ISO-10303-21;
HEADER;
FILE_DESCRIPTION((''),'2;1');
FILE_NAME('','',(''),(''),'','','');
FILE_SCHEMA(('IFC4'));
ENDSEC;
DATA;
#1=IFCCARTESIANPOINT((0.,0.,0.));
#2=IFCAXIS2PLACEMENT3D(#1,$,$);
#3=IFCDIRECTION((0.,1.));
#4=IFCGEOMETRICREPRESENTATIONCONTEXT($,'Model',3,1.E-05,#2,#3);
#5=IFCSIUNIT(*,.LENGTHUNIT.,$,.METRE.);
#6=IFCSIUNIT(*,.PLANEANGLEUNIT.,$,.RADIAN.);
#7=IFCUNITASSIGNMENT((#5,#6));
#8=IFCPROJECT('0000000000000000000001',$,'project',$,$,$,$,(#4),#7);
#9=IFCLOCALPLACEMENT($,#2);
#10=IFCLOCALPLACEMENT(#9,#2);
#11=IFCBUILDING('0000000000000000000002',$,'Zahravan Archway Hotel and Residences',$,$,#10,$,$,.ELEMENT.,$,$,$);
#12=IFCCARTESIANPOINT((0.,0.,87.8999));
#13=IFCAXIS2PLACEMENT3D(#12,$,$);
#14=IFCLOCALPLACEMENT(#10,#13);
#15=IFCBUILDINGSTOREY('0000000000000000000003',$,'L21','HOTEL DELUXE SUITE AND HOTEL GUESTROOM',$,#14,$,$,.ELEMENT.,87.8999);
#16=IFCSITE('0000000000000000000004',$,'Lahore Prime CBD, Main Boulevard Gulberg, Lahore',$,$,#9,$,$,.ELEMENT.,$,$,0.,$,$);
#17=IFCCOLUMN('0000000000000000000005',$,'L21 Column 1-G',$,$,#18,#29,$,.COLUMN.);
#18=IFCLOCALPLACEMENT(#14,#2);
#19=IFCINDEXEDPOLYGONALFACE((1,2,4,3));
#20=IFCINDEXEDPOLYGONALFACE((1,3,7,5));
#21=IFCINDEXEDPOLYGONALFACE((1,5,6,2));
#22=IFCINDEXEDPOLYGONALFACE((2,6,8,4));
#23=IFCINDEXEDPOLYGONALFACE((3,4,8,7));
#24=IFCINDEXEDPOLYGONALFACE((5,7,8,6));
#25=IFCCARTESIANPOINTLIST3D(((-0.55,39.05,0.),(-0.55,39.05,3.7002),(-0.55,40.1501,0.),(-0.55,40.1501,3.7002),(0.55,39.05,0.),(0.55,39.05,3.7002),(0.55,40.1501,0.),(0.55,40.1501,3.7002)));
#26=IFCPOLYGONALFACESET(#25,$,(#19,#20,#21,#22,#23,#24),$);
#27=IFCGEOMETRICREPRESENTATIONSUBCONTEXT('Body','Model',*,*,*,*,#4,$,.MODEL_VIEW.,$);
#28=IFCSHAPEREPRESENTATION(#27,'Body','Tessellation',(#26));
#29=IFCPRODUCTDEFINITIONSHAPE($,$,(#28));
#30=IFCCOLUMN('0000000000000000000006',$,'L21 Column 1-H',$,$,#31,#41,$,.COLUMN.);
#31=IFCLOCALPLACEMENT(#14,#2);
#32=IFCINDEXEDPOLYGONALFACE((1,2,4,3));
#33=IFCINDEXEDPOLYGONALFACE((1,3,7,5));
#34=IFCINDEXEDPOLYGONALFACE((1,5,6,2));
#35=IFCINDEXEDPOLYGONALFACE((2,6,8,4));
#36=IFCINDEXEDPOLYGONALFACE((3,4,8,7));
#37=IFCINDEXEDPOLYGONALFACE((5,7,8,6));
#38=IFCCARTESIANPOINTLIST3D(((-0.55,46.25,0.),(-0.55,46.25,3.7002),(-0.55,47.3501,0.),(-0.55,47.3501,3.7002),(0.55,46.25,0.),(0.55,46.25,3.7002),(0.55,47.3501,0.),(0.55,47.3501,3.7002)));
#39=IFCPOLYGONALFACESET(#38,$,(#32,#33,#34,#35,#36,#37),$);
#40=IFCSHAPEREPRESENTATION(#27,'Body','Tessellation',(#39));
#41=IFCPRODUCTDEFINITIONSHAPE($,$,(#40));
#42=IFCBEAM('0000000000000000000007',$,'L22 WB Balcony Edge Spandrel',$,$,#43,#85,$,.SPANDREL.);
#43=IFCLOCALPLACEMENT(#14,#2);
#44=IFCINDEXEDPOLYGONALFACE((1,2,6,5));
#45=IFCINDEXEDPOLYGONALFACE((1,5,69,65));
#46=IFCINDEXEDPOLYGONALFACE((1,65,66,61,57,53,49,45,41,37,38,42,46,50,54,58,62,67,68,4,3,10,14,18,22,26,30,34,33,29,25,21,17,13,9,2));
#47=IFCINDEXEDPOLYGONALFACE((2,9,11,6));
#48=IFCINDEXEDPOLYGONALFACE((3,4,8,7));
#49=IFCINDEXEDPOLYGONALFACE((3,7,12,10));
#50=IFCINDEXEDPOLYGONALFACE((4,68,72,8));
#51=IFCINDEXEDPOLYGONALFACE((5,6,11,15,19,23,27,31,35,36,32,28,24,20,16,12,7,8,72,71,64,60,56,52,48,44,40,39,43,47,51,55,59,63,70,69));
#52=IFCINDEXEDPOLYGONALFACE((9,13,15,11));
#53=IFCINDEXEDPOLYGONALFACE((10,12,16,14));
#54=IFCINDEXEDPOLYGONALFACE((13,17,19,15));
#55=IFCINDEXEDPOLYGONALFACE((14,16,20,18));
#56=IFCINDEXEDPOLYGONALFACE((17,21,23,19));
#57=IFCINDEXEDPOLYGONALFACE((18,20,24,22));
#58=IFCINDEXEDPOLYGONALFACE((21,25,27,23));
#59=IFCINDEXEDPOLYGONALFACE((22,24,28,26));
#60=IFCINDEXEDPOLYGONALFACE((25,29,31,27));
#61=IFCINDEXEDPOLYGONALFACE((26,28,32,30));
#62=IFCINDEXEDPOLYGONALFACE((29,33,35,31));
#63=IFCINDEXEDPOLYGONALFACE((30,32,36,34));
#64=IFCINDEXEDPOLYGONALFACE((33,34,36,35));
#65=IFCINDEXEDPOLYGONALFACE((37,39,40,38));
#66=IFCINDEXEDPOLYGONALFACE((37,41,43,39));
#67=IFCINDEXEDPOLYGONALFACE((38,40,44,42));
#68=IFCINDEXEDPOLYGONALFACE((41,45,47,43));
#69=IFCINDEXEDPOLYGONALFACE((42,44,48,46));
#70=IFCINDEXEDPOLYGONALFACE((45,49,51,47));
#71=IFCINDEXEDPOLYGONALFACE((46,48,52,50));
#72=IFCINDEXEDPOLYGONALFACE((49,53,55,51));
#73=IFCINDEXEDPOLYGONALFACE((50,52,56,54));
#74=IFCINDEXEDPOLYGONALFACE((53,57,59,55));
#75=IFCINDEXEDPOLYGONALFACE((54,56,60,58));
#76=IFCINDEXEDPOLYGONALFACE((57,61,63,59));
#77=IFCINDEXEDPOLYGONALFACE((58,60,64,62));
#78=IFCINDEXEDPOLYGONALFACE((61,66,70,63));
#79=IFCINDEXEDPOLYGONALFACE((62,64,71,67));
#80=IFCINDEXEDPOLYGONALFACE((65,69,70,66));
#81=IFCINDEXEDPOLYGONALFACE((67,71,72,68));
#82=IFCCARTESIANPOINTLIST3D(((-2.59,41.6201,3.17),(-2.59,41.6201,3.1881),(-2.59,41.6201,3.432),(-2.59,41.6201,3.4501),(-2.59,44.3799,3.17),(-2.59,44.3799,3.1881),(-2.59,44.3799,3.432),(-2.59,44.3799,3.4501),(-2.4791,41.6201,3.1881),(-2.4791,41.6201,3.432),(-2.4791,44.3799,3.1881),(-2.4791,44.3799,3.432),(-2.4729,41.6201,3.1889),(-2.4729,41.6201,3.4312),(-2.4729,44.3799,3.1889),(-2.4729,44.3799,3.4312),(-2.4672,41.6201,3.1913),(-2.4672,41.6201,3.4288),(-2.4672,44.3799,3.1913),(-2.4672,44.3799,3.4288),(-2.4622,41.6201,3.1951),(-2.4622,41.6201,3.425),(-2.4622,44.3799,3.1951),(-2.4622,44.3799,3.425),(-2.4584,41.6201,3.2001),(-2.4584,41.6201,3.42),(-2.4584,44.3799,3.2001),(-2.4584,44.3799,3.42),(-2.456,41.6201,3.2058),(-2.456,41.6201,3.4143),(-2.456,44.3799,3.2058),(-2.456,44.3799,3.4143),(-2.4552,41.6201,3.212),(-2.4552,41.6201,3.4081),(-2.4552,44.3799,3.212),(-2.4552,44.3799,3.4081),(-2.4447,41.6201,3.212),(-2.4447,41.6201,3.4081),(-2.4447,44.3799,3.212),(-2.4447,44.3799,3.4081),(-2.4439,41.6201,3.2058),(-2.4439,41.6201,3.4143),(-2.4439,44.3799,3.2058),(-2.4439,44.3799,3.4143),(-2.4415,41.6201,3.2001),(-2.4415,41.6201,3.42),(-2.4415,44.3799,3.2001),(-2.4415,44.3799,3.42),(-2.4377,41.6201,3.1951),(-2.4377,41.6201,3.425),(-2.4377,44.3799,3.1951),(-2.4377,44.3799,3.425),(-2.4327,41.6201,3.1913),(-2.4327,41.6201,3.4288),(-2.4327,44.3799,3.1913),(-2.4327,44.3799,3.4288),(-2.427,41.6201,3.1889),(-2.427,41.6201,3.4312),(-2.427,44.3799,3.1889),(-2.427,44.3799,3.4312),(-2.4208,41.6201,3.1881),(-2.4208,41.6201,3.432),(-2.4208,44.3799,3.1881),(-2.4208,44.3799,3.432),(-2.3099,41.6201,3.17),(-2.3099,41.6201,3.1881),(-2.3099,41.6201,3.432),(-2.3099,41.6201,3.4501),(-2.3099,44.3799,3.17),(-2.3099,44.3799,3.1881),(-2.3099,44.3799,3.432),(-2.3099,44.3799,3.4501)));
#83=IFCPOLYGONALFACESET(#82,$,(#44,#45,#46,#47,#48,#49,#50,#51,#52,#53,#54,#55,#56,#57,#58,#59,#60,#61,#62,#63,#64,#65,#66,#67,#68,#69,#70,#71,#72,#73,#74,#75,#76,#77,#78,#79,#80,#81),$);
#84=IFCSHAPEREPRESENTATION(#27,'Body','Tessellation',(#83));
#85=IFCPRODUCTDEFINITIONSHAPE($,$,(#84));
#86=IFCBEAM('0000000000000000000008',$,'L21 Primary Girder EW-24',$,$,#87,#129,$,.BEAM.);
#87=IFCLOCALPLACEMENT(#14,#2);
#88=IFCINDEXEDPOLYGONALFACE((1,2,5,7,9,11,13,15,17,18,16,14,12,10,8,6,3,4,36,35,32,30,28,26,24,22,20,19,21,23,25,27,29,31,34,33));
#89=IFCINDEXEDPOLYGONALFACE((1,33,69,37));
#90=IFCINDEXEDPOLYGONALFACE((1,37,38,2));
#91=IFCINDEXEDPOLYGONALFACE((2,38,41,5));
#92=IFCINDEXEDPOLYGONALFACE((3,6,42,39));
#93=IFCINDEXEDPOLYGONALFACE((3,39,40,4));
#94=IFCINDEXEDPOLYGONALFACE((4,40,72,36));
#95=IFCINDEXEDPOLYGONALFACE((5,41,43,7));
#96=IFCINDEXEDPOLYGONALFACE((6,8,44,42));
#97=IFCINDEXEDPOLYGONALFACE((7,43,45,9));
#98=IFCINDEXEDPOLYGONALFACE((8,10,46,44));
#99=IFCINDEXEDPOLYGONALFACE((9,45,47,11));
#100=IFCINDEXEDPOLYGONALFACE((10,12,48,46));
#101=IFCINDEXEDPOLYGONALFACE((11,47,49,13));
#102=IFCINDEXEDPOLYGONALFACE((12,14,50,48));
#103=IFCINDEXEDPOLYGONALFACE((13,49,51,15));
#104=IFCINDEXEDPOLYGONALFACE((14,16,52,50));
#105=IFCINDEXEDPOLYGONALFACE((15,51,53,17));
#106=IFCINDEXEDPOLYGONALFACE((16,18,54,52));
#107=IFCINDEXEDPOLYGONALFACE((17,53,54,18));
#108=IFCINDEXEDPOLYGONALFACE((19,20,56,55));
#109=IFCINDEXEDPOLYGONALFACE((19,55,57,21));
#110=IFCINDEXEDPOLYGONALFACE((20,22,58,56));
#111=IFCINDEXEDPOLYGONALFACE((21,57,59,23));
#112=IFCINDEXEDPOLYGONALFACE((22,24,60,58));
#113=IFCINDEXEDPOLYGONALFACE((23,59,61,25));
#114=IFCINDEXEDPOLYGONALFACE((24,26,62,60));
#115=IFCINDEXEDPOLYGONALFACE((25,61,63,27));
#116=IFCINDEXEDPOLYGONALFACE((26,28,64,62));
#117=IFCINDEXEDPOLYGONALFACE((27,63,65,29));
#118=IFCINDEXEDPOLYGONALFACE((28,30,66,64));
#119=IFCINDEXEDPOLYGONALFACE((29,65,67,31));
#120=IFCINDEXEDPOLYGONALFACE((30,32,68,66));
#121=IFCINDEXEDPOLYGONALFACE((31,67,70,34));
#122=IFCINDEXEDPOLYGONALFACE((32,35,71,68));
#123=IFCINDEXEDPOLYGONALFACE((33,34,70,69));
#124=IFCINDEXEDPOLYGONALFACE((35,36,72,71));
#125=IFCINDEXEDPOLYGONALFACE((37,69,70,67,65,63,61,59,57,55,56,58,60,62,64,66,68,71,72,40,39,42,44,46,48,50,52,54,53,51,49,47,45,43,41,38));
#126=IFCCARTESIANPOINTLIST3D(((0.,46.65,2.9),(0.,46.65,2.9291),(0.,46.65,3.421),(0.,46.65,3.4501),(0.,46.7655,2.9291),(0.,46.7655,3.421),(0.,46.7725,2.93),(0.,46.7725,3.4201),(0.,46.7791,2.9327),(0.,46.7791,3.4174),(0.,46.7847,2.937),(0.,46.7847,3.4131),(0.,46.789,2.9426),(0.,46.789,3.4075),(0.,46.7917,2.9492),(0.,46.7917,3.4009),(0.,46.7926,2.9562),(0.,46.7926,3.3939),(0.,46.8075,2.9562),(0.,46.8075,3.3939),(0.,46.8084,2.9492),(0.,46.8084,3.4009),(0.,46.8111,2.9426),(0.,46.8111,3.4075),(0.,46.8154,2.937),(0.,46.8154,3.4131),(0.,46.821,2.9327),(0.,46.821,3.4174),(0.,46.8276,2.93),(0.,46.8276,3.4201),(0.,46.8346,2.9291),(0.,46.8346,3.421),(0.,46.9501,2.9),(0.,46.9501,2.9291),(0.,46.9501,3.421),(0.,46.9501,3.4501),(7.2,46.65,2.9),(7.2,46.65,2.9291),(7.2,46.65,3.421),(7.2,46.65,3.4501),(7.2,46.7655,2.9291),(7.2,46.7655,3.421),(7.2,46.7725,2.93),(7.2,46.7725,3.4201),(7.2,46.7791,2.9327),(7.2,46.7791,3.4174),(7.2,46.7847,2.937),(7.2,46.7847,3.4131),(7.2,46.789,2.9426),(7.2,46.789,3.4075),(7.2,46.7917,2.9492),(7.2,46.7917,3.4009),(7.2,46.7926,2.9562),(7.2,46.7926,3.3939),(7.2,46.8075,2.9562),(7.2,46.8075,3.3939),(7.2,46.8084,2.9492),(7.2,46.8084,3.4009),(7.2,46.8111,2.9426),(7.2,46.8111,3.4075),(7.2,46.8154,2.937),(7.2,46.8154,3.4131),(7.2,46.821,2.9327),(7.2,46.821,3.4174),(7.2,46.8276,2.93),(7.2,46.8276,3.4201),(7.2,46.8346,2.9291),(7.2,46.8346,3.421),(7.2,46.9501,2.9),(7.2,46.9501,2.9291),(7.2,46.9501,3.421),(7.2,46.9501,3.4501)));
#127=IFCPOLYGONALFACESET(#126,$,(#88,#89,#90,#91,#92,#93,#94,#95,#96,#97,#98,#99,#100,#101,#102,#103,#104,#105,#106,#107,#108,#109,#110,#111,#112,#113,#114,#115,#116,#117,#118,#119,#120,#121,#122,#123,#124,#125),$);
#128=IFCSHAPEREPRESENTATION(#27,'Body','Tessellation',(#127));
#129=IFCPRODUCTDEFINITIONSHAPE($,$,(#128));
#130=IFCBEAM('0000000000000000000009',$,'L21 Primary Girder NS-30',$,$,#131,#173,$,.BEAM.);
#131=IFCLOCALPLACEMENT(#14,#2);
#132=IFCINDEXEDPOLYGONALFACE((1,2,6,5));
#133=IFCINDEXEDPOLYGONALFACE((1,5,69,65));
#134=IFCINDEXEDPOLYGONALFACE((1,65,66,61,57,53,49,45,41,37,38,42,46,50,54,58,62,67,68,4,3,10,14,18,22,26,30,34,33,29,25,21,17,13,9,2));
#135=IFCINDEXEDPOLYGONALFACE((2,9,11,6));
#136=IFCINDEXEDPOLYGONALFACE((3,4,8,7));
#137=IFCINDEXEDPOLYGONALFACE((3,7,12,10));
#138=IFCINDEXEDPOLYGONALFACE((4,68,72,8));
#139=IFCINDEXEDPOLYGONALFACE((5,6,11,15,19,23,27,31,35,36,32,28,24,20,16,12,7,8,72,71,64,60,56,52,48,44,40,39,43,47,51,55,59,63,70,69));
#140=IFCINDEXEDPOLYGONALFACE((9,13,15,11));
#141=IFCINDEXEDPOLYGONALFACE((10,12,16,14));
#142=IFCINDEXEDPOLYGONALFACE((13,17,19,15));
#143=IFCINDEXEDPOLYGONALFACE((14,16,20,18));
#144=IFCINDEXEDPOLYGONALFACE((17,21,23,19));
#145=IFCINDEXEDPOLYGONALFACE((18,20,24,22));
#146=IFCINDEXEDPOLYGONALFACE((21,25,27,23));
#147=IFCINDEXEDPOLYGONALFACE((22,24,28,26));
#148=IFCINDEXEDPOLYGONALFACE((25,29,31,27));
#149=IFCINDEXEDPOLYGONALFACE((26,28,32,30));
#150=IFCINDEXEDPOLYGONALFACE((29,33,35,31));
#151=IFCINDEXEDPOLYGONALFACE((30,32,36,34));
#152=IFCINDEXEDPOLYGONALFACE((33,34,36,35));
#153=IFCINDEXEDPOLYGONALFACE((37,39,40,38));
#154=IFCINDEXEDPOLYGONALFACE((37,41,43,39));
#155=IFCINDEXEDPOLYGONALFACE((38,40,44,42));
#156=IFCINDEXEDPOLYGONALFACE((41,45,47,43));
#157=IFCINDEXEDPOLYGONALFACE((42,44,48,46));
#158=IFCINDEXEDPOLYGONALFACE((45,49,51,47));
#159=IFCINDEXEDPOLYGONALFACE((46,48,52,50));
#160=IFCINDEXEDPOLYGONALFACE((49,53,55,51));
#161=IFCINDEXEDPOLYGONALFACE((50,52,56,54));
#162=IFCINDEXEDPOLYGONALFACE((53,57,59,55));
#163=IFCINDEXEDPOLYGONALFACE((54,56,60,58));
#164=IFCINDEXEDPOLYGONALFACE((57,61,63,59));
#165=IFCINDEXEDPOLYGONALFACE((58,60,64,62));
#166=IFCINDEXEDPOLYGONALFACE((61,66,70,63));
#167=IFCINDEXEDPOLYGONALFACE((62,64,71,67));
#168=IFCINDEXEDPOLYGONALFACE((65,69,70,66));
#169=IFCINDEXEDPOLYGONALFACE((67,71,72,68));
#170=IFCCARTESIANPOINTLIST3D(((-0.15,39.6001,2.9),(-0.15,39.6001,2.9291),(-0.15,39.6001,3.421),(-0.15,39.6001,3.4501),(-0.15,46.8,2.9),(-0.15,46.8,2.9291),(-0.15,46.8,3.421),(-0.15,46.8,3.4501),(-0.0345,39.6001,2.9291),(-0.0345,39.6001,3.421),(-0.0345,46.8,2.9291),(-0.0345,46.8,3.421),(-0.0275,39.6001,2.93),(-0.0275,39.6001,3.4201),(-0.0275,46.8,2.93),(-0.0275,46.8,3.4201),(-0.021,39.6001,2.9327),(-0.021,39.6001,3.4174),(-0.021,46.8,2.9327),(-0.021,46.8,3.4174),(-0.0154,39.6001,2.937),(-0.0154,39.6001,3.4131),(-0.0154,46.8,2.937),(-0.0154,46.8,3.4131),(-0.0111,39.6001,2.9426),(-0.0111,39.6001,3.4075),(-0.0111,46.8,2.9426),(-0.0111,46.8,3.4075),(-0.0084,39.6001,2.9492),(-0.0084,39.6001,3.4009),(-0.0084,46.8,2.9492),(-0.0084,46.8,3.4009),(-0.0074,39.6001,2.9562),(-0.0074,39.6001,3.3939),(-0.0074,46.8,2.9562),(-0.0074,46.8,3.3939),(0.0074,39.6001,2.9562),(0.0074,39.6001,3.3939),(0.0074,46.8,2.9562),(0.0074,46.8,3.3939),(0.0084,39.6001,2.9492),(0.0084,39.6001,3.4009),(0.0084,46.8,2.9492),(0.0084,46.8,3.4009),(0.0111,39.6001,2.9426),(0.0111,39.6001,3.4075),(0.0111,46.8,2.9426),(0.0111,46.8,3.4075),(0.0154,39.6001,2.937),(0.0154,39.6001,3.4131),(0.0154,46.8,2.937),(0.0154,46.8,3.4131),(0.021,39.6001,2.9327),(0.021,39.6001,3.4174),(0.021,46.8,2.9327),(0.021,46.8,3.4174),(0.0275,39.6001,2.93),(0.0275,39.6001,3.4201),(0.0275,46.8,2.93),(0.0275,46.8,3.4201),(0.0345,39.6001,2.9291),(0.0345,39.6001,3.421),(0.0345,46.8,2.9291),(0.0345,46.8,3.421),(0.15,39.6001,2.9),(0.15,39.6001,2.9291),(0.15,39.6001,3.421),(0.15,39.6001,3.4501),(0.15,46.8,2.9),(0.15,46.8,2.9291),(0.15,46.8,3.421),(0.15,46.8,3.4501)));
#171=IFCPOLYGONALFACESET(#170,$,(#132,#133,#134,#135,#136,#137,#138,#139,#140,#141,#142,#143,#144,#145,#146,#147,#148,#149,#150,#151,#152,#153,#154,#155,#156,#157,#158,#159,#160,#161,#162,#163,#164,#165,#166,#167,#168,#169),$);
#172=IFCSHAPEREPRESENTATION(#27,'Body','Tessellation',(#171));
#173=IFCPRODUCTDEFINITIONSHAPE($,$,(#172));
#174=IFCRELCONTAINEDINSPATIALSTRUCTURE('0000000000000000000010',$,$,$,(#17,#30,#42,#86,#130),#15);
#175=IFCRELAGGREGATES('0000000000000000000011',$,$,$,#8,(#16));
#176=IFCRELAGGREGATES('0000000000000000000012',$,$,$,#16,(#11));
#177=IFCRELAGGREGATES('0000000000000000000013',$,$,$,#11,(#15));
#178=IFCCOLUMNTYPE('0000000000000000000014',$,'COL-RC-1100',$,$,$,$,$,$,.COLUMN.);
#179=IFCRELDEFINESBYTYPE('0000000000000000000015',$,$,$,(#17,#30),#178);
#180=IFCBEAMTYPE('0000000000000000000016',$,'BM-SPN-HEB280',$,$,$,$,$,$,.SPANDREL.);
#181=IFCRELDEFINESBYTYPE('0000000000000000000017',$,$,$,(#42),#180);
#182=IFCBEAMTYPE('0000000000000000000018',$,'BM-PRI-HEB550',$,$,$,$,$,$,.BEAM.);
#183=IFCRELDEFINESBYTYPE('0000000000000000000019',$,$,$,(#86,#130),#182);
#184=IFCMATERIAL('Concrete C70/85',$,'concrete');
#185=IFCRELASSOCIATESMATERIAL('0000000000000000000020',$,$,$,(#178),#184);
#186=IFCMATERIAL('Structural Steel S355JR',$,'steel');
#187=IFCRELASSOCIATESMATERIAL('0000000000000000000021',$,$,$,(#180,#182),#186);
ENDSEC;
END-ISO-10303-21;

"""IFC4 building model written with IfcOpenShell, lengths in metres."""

from ifc_helpers import new_model, si_unit, direction, frame, origin, origin_2d, place, context, subcontext, project, spatial, rectangle, i_section, extrude, source, transform, mapped, material, material_profile, profile_set, type_object, element, save


model = new_model("IFC4")

# Units and contexts
model_context = context("Model", 3, precision=1e-05, world=origin(), true_north=direction((0.0, 1.0)))
body_context = subcontext(model_context, "Body", "Model", "MODEL_VIEW")
ifc_project = project(units=[si_unit("LENGTHUNIT", "METRE"), si_unit("PLANEANGLEUNIT", "RADIAN")], contexts=[model_context])

# Site, building, storey
site_placement = place(None, origin())
site = spatial("IfcSite", under=ifc_project, at=site_placement, Name="Lahore Prime CBD, Main Boulevard Gulberg, Lahore", CompositionType="ELEMENT", RefElevation=0.0)
building_placement = place(site_placement, origin())
building = spatial("IfcBuilding", under=site, at=building_placement, Name="Zahravan Archway Hotel and Residences", CompositionType="ELEMENT")
storey_placement = place(building_placement, frame((0.0, 0.0, 87.8999)))
storey = spatial("IfcBuildingStorey", under=building, at=storey_placement, Name="L21", Description="HOTEL DELUXE SUITE AND HOTEL GUESTROOM", CompositionType="ELEMENT", Elevation=87.8999)

# Columns
ifc_material_1 = material(Name="Concrete C70/85", Category="concrete")
ifc_material_profile_1 = material_profile(ifc_material_1, rectangle(XDim=1.1001, YDim=1.1001, at=origin_2d()), Name="RC 1100x1100", Category="concrete")
ifc_profile_set_1 = profile_set([ifc_material_profile_1], Name="Concrete C70/85")
column_type = type_object("IfcColumnType", Name="COL-RC-1100", PredefinedType="COLUMN", material=ifc_profile_set_1)
shared_shape_1 = source(origin(), body_context, "Body", "SweptSolid", [
    extrude(rectangle(XDim=1.1001, YDim=1.1001, at=origin_2d()), origin(), (0.0, 0.0, 1.0), 3.7002),
])
for number, where, z_axis, x_axis, name in (
    (1, (0.0, 39.6001, 0.0), (0.0, 0.0, 1.0), (1.0, 0.0, 0.0), "L21 Column 1-G"),
    (2, (0.0, 46.8, 0.0), (0.0, 0.0, 1.0), (1.0, 0.0, 0.0), "L21 Column 1-H"),
):
    element("IfcColumn", number, at=place(storey_placement, frame(where, z_axis=z_axis, x_axis=x_axis)), inside=storey, type_object=column_type, Name=name, PredefinedType="COLUMN", context=body_context, shape_type="MappedRepresentation", body=[
        mapped(shared_shape_1, transform((0.0, 0.0, 0.0), scale=1.0)),
    ])

# Beams
ifc_material_2 = material(Name="Structural Steel S355JR", Category="steel")
ifc_material_profile_2 = material_profile(ifc_material_2, i_section(OverallWidth=0.28, OverallDepth=0.28, WebThickness=0.0105, FlangeThickness=0.0181, FilletRadius=0.0239, at=origin_2d()), Name="HEB 280", Category="steel")
ifc_profile_set_2 = profile_set([ifc_material_profile_2], Name="Structural Steel S355JR")
beam_type_1 = type_object("IfcBeamType", Name="BM-SPN-HEB280", PredefinedType="SPANDREL", material=ifc_profile_set_2)
shared_shape_2 = source(origin(), body_context, "Body", "SweptSolid", [
    extrude(i_section(OverallWidth=0.28, OverallDepth=0.28, WebThickness=0.0105, FlangeThickness=0.0181, FilletRadius=0.0239, at=origin_2d()), origin(), (0.0, 0.0, 1.0), 2.7598),
])
beam_placement = place(storey_placement, frame((-2.45, 41.6201, 3.3101), z_axis=(0.0, 1.0, 0.0), x_axis=(-1.0, 0.0, 0.0)))
element("IfcBeam", 3, at=beam_placement, inside=storey, type_object=beam_type_1, Name="L22 WB Balcony Edge Spandrel", PredefinedType="SPANDREL", context=body_context, shape_type="MappedRepresentation", body=[
    mapped(shared_shape_2, transform((0.0, 0.0, 0.0), scale=1.0)),
])
ifc_material_profile_3 = material_profile(ifc_material_2, i_section(OverallWidth=0.3, OverallDepth=0.55, WebThickness=0.0149, FlangeThickness=0.0291, FilletRadius=0.0271, at=origin_2d()), Name="HEB 550", Category="steel")
ifc_profile_set_3 = profile_set([ifc_material_profile_3], Name="Structural Steel S355JR")
beam_type_2 = type_object("IfcBeamType", Name="BM-PRI-HEB550", PredefinedType="BEAM", material=ifc_profile_set_3)
shared_shape_3 = source(origin(), body_context, "Body", "SweptSolid", [
    extrude(i_section(OverallWidth=0.3, OverallDepth=0.55, WebThickness=0.0149, FlangeThickness=0.0291, FilletRadius=0.0271, at=origin_2d()), origin(), (0.0, 0.0, 1.0), 7.2),
])
for number, where, z_axis, x_axis, name in (
    (4, (0.0, 46.8, 3.175), (1.0, 0.0, 0.0), (0.0, 1.0, 0.0), "L21 Primary Girder EW-24"),
    (5, (0.0, 39.6001, 3.175), (0.0, 1.0, 0.0), (-1.0, 0.0, 0.0), "L21 Primary Girder NS-30"),
):
    element("IfcBeam", number, at=place(storey_placement, frame(where, z_axis=z_axis, x_axis=x_axis)), inside=storey, type_object=beam_type_2, Name=name, PredefinedType="BEAM", context=body_context, shape_type="MappedRepresentation", body=[
        mapped(shared_shape_3, transform((0.0, 0.0, 0.0), scale=1.0)),
    ])

save(model, "model.ifc")
